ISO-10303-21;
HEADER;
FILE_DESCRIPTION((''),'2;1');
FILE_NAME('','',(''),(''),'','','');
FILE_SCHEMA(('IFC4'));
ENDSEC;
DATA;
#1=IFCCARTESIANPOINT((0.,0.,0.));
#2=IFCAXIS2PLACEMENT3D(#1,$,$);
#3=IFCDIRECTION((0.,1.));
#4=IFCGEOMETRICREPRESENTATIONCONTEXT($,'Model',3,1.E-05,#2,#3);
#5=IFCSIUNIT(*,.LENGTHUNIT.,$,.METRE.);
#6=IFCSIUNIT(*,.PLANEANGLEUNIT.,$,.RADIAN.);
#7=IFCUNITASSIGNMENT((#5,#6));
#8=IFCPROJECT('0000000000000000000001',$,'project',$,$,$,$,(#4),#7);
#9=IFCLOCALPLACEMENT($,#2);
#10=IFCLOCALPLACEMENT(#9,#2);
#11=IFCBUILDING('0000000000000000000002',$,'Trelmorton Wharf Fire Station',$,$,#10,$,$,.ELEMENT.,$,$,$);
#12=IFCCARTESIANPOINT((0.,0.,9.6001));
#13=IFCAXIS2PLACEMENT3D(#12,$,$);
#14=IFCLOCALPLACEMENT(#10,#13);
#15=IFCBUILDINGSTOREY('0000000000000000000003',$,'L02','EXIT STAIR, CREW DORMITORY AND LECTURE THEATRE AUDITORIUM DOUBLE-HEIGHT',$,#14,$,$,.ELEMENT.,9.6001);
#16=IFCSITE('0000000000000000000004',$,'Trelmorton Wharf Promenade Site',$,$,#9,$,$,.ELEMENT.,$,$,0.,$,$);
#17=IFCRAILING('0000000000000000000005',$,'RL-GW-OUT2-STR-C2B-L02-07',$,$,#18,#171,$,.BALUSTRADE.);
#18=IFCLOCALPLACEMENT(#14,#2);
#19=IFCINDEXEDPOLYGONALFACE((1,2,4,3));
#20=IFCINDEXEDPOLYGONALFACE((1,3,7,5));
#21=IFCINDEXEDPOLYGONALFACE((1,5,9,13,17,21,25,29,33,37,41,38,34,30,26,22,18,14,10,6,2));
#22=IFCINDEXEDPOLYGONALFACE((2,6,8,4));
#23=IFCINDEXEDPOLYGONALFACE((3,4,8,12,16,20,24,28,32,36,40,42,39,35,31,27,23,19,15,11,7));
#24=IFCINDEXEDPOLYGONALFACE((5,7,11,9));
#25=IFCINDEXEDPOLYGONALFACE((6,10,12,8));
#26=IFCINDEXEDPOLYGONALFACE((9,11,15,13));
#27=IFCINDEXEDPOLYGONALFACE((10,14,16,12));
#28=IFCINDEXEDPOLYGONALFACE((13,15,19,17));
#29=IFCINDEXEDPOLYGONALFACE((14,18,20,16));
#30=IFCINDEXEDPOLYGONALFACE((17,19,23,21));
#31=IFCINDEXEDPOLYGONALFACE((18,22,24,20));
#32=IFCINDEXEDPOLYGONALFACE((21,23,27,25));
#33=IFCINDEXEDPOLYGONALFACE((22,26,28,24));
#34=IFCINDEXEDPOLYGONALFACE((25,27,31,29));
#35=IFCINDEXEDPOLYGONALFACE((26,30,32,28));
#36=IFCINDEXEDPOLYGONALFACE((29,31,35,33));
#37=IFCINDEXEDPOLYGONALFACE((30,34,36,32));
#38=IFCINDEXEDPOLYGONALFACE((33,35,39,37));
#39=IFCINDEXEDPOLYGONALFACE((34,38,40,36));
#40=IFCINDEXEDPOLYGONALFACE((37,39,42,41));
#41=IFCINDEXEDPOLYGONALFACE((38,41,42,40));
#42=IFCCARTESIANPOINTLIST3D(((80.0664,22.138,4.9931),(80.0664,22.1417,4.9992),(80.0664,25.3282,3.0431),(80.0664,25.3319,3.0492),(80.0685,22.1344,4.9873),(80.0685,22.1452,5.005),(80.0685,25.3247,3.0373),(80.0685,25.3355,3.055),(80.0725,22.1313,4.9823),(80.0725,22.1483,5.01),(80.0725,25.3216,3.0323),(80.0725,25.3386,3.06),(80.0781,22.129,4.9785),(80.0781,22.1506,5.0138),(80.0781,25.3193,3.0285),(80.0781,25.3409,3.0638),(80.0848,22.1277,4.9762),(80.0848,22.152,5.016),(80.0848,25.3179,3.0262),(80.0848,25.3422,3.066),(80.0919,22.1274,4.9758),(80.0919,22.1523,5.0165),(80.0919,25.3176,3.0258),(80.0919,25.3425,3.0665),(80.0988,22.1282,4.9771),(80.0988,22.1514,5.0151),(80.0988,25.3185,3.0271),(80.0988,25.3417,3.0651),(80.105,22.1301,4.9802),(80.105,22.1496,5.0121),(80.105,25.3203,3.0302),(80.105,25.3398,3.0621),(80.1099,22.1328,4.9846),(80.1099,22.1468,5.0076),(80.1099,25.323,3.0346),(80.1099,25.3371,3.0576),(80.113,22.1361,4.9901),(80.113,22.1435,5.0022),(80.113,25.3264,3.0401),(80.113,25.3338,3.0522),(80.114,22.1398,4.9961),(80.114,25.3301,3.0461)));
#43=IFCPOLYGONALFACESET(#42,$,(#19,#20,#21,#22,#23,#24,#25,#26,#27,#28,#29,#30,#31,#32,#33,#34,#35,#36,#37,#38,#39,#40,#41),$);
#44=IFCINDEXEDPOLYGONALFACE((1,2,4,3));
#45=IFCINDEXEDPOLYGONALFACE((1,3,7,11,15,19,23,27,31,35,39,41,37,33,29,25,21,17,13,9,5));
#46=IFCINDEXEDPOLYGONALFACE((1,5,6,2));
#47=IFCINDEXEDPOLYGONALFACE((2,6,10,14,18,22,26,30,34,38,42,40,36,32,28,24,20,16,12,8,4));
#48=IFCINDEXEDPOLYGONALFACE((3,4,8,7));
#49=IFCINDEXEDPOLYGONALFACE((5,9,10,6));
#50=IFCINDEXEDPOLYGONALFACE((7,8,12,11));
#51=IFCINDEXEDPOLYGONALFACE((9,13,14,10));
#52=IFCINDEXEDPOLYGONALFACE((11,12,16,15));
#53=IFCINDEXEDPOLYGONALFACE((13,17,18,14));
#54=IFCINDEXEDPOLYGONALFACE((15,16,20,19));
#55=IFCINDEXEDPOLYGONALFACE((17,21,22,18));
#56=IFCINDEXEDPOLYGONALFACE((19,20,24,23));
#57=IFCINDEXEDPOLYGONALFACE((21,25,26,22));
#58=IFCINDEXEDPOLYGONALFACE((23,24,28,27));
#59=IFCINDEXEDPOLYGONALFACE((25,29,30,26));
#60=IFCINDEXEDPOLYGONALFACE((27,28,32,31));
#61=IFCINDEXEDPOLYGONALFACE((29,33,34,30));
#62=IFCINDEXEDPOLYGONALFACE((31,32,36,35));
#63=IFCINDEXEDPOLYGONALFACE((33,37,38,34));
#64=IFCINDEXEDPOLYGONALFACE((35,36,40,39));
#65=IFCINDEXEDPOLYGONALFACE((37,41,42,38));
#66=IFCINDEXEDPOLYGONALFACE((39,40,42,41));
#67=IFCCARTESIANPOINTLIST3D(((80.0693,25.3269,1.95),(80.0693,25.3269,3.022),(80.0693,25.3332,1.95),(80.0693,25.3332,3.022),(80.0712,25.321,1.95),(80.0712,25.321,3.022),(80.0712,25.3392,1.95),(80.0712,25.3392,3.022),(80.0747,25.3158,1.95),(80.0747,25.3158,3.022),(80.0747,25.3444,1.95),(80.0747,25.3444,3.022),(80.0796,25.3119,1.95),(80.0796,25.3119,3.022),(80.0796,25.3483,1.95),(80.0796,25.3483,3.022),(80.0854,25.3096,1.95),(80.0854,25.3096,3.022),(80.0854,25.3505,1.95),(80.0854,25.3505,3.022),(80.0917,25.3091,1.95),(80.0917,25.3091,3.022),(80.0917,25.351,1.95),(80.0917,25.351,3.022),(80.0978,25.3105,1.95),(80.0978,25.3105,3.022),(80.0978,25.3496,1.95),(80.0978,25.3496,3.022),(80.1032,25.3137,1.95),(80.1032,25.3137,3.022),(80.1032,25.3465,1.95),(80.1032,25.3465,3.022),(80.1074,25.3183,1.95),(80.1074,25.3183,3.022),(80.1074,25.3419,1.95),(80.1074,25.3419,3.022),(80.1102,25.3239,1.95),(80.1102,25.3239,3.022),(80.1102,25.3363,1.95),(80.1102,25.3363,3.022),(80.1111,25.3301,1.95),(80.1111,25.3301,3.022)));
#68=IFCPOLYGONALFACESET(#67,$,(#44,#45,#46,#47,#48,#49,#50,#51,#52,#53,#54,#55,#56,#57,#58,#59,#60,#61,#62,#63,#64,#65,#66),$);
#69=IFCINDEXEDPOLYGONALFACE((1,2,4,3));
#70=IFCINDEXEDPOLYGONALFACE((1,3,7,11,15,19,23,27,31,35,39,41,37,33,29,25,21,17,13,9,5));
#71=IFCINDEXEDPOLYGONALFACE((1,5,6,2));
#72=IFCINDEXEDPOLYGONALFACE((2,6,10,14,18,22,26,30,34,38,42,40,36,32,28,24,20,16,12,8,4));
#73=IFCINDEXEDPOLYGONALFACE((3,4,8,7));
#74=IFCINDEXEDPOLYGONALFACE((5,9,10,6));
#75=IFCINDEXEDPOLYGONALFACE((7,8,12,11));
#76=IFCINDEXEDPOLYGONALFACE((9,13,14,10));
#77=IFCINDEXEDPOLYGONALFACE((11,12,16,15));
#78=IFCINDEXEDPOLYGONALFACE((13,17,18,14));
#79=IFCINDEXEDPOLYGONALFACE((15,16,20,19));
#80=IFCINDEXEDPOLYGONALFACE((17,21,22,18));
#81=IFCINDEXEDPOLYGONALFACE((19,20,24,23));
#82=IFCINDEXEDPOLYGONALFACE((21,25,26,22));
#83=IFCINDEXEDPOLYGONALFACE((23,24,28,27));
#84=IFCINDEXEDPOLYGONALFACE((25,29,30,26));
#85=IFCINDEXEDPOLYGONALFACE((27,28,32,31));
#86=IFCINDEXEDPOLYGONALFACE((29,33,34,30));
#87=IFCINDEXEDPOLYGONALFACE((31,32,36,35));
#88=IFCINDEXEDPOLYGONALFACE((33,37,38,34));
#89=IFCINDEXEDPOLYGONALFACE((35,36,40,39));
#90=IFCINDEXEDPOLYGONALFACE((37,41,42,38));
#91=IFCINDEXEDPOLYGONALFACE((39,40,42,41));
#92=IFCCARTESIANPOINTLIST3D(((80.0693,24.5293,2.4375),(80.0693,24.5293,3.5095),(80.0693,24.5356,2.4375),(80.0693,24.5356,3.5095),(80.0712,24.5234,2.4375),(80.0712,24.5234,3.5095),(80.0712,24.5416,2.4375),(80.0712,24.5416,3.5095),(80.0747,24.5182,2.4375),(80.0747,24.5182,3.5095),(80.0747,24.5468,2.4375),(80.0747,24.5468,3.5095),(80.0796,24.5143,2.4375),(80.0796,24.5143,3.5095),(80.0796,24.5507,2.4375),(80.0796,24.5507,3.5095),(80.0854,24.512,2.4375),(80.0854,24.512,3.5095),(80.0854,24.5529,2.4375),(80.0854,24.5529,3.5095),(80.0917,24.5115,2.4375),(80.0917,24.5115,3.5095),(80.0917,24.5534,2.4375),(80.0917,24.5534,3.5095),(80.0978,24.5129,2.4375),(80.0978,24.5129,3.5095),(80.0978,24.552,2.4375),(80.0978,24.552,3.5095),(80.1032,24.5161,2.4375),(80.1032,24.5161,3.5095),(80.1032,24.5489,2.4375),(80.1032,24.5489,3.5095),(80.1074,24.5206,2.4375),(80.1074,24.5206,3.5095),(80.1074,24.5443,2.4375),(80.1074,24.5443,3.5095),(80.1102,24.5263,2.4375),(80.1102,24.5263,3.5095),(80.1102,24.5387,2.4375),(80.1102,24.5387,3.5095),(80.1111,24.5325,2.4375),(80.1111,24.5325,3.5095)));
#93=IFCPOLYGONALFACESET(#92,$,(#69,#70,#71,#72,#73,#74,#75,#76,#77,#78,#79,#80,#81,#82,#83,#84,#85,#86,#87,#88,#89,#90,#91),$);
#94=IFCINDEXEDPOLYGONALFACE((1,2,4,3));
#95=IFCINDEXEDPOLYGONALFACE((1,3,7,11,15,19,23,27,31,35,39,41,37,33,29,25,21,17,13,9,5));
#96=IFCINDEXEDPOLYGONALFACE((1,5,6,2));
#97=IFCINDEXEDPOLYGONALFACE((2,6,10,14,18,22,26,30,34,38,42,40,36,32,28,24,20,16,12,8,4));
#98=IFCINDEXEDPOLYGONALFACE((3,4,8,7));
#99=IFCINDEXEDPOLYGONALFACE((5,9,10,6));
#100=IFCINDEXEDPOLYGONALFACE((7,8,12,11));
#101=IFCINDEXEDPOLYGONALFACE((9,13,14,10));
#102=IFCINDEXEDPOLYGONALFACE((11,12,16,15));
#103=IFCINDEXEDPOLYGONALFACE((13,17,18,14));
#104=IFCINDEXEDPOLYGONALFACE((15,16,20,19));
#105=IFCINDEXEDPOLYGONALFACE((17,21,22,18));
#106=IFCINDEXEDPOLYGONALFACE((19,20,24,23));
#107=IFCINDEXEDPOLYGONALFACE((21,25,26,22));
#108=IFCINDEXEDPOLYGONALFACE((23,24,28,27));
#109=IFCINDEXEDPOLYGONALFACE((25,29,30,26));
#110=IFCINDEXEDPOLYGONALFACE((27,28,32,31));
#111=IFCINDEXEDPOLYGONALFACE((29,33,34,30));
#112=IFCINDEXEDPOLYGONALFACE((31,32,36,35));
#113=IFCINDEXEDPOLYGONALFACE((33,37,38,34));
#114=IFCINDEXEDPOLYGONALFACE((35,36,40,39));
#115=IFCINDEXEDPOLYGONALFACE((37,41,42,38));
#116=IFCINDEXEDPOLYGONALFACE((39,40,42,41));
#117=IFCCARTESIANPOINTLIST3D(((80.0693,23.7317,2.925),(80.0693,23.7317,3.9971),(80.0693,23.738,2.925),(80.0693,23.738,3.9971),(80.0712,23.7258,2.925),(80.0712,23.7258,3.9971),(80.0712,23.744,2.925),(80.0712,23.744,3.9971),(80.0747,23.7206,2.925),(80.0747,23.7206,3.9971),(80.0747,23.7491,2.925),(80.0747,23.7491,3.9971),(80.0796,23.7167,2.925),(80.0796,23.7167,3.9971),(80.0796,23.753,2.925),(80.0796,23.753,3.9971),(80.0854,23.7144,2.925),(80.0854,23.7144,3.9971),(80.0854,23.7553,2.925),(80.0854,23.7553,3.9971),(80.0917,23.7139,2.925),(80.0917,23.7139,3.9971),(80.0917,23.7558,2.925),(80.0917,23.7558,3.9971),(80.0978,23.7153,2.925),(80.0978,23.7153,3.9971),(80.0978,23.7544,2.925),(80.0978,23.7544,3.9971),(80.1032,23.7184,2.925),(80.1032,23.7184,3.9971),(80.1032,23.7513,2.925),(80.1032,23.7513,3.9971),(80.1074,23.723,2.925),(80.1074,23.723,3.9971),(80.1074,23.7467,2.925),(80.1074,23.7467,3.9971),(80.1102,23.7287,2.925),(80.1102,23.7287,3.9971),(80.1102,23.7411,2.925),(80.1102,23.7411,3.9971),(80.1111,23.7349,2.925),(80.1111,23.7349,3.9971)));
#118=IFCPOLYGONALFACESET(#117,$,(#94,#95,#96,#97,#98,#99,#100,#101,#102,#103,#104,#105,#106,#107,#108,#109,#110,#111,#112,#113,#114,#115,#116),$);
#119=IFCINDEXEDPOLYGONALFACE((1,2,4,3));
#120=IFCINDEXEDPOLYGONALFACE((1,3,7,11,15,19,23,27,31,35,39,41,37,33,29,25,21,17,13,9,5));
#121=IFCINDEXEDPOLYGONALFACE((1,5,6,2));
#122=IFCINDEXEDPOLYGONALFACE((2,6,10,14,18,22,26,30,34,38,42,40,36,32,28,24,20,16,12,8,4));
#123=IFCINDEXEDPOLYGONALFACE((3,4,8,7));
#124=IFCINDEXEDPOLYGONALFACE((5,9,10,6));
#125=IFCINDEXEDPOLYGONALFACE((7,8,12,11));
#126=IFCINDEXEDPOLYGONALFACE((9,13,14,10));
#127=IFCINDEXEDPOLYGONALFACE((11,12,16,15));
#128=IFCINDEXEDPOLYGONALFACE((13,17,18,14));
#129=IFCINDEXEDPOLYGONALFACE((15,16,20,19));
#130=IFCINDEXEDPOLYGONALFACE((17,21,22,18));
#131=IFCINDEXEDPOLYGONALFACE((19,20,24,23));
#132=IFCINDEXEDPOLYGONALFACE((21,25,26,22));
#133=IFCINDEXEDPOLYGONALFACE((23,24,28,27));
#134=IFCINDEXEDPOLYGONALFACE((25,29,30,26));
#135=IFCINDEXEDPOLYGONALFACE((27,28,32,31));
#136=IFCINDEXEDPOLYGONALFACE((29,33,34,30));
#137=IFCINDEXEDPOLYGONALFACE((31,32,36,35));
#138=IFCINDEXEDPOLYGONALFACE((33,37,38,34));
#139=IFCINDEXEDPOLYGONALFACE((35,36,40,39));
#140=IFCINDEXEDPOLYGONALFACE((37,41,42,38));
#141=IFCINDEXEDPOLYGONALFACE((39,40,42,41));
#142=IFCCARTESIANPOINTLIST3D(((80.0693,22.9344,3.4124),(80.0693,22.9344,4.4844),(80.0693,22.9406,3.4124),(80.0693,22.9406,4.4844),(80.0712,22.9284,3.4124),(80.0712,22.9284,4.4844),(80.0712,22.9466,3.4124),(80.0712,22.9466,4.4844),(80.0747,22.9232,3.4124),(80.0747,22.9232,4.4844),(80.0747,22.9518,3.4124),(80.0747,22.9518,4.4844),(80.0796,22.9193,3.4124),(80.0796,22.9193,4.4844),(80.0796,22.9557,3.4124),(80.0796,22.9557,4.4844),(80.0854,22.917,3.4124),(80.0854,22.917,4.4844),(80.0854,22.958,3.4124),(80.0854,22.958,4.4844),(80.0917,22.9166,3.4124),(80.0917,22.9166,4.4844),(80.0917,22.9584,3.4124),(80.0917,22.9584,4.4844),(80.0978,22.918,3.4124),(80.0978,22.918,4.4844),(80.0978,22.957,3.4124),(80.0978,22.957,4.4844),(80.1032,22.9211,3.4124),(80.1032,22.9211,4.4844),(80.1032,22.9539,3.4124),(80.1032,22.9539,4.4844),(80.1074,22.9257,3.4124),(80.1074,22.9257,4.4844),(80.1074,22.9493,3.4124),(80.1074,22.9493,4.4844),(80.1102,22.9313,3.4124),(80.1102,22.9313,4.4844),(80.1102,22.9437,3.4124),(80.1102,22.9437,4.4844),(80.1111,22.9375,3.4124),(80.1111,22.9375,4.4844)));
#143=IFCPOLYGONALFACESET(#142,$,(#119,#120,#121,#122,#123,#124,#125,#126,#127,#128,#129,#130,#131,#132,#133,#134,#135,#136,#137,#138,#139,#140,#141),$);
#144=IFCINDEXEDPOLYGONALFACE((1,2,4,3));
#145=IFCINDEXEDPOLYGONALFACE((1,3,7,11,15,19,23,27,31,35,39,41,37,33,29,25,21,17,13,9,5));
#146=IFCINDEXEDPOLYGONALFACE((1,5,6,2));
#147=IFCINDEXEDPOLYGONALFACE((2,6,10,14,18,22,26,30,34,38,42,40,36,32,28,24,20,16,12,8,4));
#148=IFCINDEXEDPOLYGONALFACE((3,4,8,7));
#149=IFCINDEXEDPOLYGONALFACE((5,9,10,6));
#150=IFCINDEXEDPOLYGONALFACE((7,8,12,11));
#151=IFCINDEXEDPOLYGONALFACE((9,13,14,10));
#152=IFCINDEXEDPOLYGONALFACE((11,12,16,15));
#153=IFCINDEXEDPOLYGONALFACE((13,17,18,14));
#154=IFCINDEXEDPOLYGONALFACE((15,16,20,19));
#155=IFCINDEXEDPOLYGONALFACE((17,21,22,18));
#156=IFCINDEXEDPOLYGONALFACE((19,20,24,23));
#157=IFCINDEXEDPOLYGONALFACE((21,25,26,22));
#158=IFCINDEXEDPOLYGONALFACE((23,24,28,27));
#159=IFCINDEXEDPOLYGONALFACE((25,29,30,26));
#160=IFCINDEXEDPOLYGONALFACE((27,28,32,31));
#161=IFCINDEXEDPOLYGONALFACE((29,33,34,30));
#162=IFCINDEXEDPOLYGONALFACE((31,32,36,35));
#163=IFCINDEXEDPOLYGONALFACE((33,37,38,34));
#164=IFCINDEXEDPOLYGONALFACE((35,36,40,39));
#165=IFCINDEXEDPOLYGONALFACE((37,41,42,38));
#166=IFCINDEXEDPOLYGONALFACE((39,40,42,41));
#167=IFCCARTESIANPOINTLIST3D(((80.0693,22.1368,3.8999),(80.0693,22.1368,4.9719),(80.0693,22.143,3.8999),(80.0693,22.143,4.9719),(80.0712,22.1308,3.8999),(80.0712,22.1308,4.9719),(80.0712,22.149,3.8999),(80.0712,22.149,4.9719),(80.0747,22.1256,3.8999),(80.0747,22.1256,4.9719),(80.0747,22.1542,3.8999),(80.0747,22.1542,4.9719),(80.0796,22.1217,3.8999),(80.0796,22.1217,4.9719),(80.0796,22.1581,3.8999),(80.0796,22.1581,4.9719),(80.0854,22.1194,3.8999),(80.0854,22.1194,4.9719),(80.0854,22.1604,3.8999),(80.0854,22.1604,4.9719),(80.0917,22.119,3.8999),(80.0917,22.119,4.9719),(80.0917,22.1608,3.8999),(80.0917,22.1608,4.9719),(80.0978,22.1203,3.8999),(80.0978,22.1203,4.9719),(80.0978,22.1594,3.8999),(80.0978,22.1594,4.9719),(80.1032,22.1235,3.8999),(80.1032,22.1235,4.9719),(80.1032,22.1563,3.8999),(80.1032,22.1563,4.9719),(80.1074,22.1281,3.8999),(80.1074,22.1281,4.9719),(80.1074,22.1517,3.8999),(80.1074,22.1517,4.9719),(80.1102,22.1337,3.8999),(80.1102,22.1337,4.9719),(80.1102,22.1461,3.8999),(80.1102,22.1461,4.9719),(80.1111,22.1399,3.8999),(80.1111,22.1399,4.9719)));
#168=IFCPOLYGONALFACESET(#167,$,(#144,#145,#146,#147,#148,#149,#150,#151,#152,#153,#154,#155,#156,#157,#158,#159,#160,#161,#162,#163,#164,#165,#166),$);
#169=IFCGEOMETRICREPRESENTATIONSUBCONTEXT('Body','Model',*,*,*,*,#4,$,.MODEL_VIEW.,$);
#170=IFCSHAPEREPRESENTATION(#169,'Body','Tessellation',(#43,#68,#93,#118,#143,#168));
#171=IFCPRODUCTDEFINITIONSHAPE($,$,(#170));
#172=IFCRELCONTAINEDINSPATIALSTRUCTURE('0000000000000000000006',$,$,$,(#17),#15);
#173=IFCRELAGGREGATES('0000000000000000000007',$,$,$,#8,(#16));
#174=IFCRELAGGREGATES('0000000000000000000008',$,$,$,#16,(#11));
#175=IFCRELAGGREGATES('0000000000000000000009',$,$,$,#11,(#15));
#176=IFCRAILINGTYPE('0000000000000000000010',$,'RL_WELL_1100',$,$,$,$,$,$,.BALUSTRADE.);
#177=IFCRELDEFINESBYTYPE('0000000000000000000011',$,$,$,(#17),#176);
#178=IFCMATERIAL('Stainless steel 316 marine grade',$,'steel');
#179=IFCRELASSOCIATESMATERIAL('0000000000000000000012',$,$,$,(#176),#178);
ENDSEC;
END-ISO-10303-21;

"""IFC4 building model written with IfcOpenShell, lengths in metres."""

from ifc_helpers import new_model, si_unit, direction, frame, origin, origin_2d, place, context, subcontext, project, spatial, circle, extrude, material, type_object, element, save


model = new_model("IFC4")

# Units and contexts
model_context = context("Model", 3, precision=1e-05, world=origin(), true_north=direction((0.0, 1.0)))
body_context = subcontext(model_context, "Body", "Model", "MODEL_VIEW")
ifc_project = project(units=[si_unit("LENGTHUNIT", "METRE"), si_unit("PLANEANGLEUNIT", "RADIAN")], contexts=[model_context])

# Site, building, storey
site_placement = place(None, origin())
site = spatial("IfcSite", under=ifc_project, at=site_placement, Name="Trelmorton Wharf Promenade Site", CompositionType="ELEMENT", RefElevation=0.0)
building_placement = place(site_placement, origin())
building = spatial("IfcBuilding", under=site, at=building_placement, Name="Trelmorton Wharf Fire Station", CompositionType="ELEMENT")
storey_placement = place(building_placement, frame((0.0, 0.0, 9.6001)))
storey = spatial("IfcBuildingStorey", under=building, at=storey_placement, Name="L02", Description="EXIT STAIR, CREW DORMITORY AND LECTURE THEATRE AUDITORIUM DOUBLE-HEIGHT", CompositionType="ELEMENT", Elevation=9.6001)

# Shared definitions
ifc_material_1 = material(Name="Stainless steel 316 marine grade", Category="steel")

# Railing
railing_type_1 = type_object("IfcRailingType", Name="RL_WELL_1100", PredefinedType="BALUSTRADE", material=ifc_material_1)
railing_1_placement = place(storey_placement, frame((80.0901, 25.3301, 1.95)))
element("IfcRailing", 1, at=railing_1_placement, inside=storey, type_object=railing_type_1, Name="RL-GW-OUT2-STR-C2B-L02-07", PredefinedType="BALUSTRADE", context=body_context, shape_type="SweptSolid", body=[
    extrude(circle(Radius=0.0239, at=origin_2d()), frame((0.0, 0.0, 1.0962), z_axis=(0.0, -0.853235, 0.521527), x_axis=(1.0, 0.0, 0.0)), (0.0, 0.0, 1.0), 3.739),
    extrude(circle(Radius=0.021, at=origin_2d()), origin(), (0.0, 0.0, 1.0), 1.072),
    extrude(circle(Radius=0.021, at=origin_2d()), frame((0.0, -0.7976, 0.4875)), (0.0, 0.0, 1.0), 1.072),
    extrude(circle(Radius=0.021, at=origin_2d()), frame((0.0, -1.5952, 0.9751)), (0.0, 0.0, 1.0), 1.072),
    extrude(circle(Radius=0.021, at=origin_2d()), frame((0.0, -2.3926, 1.4624)), (0.0, 0.0, 1.0), 1.072),
    extrude(circle(Radius=0.021, at=origin_2d()), frame((0.0, -3.1902, 1.95)), (0.0, 0.0, 1.0), 1.072),
])

save(model, "model.ifc")
